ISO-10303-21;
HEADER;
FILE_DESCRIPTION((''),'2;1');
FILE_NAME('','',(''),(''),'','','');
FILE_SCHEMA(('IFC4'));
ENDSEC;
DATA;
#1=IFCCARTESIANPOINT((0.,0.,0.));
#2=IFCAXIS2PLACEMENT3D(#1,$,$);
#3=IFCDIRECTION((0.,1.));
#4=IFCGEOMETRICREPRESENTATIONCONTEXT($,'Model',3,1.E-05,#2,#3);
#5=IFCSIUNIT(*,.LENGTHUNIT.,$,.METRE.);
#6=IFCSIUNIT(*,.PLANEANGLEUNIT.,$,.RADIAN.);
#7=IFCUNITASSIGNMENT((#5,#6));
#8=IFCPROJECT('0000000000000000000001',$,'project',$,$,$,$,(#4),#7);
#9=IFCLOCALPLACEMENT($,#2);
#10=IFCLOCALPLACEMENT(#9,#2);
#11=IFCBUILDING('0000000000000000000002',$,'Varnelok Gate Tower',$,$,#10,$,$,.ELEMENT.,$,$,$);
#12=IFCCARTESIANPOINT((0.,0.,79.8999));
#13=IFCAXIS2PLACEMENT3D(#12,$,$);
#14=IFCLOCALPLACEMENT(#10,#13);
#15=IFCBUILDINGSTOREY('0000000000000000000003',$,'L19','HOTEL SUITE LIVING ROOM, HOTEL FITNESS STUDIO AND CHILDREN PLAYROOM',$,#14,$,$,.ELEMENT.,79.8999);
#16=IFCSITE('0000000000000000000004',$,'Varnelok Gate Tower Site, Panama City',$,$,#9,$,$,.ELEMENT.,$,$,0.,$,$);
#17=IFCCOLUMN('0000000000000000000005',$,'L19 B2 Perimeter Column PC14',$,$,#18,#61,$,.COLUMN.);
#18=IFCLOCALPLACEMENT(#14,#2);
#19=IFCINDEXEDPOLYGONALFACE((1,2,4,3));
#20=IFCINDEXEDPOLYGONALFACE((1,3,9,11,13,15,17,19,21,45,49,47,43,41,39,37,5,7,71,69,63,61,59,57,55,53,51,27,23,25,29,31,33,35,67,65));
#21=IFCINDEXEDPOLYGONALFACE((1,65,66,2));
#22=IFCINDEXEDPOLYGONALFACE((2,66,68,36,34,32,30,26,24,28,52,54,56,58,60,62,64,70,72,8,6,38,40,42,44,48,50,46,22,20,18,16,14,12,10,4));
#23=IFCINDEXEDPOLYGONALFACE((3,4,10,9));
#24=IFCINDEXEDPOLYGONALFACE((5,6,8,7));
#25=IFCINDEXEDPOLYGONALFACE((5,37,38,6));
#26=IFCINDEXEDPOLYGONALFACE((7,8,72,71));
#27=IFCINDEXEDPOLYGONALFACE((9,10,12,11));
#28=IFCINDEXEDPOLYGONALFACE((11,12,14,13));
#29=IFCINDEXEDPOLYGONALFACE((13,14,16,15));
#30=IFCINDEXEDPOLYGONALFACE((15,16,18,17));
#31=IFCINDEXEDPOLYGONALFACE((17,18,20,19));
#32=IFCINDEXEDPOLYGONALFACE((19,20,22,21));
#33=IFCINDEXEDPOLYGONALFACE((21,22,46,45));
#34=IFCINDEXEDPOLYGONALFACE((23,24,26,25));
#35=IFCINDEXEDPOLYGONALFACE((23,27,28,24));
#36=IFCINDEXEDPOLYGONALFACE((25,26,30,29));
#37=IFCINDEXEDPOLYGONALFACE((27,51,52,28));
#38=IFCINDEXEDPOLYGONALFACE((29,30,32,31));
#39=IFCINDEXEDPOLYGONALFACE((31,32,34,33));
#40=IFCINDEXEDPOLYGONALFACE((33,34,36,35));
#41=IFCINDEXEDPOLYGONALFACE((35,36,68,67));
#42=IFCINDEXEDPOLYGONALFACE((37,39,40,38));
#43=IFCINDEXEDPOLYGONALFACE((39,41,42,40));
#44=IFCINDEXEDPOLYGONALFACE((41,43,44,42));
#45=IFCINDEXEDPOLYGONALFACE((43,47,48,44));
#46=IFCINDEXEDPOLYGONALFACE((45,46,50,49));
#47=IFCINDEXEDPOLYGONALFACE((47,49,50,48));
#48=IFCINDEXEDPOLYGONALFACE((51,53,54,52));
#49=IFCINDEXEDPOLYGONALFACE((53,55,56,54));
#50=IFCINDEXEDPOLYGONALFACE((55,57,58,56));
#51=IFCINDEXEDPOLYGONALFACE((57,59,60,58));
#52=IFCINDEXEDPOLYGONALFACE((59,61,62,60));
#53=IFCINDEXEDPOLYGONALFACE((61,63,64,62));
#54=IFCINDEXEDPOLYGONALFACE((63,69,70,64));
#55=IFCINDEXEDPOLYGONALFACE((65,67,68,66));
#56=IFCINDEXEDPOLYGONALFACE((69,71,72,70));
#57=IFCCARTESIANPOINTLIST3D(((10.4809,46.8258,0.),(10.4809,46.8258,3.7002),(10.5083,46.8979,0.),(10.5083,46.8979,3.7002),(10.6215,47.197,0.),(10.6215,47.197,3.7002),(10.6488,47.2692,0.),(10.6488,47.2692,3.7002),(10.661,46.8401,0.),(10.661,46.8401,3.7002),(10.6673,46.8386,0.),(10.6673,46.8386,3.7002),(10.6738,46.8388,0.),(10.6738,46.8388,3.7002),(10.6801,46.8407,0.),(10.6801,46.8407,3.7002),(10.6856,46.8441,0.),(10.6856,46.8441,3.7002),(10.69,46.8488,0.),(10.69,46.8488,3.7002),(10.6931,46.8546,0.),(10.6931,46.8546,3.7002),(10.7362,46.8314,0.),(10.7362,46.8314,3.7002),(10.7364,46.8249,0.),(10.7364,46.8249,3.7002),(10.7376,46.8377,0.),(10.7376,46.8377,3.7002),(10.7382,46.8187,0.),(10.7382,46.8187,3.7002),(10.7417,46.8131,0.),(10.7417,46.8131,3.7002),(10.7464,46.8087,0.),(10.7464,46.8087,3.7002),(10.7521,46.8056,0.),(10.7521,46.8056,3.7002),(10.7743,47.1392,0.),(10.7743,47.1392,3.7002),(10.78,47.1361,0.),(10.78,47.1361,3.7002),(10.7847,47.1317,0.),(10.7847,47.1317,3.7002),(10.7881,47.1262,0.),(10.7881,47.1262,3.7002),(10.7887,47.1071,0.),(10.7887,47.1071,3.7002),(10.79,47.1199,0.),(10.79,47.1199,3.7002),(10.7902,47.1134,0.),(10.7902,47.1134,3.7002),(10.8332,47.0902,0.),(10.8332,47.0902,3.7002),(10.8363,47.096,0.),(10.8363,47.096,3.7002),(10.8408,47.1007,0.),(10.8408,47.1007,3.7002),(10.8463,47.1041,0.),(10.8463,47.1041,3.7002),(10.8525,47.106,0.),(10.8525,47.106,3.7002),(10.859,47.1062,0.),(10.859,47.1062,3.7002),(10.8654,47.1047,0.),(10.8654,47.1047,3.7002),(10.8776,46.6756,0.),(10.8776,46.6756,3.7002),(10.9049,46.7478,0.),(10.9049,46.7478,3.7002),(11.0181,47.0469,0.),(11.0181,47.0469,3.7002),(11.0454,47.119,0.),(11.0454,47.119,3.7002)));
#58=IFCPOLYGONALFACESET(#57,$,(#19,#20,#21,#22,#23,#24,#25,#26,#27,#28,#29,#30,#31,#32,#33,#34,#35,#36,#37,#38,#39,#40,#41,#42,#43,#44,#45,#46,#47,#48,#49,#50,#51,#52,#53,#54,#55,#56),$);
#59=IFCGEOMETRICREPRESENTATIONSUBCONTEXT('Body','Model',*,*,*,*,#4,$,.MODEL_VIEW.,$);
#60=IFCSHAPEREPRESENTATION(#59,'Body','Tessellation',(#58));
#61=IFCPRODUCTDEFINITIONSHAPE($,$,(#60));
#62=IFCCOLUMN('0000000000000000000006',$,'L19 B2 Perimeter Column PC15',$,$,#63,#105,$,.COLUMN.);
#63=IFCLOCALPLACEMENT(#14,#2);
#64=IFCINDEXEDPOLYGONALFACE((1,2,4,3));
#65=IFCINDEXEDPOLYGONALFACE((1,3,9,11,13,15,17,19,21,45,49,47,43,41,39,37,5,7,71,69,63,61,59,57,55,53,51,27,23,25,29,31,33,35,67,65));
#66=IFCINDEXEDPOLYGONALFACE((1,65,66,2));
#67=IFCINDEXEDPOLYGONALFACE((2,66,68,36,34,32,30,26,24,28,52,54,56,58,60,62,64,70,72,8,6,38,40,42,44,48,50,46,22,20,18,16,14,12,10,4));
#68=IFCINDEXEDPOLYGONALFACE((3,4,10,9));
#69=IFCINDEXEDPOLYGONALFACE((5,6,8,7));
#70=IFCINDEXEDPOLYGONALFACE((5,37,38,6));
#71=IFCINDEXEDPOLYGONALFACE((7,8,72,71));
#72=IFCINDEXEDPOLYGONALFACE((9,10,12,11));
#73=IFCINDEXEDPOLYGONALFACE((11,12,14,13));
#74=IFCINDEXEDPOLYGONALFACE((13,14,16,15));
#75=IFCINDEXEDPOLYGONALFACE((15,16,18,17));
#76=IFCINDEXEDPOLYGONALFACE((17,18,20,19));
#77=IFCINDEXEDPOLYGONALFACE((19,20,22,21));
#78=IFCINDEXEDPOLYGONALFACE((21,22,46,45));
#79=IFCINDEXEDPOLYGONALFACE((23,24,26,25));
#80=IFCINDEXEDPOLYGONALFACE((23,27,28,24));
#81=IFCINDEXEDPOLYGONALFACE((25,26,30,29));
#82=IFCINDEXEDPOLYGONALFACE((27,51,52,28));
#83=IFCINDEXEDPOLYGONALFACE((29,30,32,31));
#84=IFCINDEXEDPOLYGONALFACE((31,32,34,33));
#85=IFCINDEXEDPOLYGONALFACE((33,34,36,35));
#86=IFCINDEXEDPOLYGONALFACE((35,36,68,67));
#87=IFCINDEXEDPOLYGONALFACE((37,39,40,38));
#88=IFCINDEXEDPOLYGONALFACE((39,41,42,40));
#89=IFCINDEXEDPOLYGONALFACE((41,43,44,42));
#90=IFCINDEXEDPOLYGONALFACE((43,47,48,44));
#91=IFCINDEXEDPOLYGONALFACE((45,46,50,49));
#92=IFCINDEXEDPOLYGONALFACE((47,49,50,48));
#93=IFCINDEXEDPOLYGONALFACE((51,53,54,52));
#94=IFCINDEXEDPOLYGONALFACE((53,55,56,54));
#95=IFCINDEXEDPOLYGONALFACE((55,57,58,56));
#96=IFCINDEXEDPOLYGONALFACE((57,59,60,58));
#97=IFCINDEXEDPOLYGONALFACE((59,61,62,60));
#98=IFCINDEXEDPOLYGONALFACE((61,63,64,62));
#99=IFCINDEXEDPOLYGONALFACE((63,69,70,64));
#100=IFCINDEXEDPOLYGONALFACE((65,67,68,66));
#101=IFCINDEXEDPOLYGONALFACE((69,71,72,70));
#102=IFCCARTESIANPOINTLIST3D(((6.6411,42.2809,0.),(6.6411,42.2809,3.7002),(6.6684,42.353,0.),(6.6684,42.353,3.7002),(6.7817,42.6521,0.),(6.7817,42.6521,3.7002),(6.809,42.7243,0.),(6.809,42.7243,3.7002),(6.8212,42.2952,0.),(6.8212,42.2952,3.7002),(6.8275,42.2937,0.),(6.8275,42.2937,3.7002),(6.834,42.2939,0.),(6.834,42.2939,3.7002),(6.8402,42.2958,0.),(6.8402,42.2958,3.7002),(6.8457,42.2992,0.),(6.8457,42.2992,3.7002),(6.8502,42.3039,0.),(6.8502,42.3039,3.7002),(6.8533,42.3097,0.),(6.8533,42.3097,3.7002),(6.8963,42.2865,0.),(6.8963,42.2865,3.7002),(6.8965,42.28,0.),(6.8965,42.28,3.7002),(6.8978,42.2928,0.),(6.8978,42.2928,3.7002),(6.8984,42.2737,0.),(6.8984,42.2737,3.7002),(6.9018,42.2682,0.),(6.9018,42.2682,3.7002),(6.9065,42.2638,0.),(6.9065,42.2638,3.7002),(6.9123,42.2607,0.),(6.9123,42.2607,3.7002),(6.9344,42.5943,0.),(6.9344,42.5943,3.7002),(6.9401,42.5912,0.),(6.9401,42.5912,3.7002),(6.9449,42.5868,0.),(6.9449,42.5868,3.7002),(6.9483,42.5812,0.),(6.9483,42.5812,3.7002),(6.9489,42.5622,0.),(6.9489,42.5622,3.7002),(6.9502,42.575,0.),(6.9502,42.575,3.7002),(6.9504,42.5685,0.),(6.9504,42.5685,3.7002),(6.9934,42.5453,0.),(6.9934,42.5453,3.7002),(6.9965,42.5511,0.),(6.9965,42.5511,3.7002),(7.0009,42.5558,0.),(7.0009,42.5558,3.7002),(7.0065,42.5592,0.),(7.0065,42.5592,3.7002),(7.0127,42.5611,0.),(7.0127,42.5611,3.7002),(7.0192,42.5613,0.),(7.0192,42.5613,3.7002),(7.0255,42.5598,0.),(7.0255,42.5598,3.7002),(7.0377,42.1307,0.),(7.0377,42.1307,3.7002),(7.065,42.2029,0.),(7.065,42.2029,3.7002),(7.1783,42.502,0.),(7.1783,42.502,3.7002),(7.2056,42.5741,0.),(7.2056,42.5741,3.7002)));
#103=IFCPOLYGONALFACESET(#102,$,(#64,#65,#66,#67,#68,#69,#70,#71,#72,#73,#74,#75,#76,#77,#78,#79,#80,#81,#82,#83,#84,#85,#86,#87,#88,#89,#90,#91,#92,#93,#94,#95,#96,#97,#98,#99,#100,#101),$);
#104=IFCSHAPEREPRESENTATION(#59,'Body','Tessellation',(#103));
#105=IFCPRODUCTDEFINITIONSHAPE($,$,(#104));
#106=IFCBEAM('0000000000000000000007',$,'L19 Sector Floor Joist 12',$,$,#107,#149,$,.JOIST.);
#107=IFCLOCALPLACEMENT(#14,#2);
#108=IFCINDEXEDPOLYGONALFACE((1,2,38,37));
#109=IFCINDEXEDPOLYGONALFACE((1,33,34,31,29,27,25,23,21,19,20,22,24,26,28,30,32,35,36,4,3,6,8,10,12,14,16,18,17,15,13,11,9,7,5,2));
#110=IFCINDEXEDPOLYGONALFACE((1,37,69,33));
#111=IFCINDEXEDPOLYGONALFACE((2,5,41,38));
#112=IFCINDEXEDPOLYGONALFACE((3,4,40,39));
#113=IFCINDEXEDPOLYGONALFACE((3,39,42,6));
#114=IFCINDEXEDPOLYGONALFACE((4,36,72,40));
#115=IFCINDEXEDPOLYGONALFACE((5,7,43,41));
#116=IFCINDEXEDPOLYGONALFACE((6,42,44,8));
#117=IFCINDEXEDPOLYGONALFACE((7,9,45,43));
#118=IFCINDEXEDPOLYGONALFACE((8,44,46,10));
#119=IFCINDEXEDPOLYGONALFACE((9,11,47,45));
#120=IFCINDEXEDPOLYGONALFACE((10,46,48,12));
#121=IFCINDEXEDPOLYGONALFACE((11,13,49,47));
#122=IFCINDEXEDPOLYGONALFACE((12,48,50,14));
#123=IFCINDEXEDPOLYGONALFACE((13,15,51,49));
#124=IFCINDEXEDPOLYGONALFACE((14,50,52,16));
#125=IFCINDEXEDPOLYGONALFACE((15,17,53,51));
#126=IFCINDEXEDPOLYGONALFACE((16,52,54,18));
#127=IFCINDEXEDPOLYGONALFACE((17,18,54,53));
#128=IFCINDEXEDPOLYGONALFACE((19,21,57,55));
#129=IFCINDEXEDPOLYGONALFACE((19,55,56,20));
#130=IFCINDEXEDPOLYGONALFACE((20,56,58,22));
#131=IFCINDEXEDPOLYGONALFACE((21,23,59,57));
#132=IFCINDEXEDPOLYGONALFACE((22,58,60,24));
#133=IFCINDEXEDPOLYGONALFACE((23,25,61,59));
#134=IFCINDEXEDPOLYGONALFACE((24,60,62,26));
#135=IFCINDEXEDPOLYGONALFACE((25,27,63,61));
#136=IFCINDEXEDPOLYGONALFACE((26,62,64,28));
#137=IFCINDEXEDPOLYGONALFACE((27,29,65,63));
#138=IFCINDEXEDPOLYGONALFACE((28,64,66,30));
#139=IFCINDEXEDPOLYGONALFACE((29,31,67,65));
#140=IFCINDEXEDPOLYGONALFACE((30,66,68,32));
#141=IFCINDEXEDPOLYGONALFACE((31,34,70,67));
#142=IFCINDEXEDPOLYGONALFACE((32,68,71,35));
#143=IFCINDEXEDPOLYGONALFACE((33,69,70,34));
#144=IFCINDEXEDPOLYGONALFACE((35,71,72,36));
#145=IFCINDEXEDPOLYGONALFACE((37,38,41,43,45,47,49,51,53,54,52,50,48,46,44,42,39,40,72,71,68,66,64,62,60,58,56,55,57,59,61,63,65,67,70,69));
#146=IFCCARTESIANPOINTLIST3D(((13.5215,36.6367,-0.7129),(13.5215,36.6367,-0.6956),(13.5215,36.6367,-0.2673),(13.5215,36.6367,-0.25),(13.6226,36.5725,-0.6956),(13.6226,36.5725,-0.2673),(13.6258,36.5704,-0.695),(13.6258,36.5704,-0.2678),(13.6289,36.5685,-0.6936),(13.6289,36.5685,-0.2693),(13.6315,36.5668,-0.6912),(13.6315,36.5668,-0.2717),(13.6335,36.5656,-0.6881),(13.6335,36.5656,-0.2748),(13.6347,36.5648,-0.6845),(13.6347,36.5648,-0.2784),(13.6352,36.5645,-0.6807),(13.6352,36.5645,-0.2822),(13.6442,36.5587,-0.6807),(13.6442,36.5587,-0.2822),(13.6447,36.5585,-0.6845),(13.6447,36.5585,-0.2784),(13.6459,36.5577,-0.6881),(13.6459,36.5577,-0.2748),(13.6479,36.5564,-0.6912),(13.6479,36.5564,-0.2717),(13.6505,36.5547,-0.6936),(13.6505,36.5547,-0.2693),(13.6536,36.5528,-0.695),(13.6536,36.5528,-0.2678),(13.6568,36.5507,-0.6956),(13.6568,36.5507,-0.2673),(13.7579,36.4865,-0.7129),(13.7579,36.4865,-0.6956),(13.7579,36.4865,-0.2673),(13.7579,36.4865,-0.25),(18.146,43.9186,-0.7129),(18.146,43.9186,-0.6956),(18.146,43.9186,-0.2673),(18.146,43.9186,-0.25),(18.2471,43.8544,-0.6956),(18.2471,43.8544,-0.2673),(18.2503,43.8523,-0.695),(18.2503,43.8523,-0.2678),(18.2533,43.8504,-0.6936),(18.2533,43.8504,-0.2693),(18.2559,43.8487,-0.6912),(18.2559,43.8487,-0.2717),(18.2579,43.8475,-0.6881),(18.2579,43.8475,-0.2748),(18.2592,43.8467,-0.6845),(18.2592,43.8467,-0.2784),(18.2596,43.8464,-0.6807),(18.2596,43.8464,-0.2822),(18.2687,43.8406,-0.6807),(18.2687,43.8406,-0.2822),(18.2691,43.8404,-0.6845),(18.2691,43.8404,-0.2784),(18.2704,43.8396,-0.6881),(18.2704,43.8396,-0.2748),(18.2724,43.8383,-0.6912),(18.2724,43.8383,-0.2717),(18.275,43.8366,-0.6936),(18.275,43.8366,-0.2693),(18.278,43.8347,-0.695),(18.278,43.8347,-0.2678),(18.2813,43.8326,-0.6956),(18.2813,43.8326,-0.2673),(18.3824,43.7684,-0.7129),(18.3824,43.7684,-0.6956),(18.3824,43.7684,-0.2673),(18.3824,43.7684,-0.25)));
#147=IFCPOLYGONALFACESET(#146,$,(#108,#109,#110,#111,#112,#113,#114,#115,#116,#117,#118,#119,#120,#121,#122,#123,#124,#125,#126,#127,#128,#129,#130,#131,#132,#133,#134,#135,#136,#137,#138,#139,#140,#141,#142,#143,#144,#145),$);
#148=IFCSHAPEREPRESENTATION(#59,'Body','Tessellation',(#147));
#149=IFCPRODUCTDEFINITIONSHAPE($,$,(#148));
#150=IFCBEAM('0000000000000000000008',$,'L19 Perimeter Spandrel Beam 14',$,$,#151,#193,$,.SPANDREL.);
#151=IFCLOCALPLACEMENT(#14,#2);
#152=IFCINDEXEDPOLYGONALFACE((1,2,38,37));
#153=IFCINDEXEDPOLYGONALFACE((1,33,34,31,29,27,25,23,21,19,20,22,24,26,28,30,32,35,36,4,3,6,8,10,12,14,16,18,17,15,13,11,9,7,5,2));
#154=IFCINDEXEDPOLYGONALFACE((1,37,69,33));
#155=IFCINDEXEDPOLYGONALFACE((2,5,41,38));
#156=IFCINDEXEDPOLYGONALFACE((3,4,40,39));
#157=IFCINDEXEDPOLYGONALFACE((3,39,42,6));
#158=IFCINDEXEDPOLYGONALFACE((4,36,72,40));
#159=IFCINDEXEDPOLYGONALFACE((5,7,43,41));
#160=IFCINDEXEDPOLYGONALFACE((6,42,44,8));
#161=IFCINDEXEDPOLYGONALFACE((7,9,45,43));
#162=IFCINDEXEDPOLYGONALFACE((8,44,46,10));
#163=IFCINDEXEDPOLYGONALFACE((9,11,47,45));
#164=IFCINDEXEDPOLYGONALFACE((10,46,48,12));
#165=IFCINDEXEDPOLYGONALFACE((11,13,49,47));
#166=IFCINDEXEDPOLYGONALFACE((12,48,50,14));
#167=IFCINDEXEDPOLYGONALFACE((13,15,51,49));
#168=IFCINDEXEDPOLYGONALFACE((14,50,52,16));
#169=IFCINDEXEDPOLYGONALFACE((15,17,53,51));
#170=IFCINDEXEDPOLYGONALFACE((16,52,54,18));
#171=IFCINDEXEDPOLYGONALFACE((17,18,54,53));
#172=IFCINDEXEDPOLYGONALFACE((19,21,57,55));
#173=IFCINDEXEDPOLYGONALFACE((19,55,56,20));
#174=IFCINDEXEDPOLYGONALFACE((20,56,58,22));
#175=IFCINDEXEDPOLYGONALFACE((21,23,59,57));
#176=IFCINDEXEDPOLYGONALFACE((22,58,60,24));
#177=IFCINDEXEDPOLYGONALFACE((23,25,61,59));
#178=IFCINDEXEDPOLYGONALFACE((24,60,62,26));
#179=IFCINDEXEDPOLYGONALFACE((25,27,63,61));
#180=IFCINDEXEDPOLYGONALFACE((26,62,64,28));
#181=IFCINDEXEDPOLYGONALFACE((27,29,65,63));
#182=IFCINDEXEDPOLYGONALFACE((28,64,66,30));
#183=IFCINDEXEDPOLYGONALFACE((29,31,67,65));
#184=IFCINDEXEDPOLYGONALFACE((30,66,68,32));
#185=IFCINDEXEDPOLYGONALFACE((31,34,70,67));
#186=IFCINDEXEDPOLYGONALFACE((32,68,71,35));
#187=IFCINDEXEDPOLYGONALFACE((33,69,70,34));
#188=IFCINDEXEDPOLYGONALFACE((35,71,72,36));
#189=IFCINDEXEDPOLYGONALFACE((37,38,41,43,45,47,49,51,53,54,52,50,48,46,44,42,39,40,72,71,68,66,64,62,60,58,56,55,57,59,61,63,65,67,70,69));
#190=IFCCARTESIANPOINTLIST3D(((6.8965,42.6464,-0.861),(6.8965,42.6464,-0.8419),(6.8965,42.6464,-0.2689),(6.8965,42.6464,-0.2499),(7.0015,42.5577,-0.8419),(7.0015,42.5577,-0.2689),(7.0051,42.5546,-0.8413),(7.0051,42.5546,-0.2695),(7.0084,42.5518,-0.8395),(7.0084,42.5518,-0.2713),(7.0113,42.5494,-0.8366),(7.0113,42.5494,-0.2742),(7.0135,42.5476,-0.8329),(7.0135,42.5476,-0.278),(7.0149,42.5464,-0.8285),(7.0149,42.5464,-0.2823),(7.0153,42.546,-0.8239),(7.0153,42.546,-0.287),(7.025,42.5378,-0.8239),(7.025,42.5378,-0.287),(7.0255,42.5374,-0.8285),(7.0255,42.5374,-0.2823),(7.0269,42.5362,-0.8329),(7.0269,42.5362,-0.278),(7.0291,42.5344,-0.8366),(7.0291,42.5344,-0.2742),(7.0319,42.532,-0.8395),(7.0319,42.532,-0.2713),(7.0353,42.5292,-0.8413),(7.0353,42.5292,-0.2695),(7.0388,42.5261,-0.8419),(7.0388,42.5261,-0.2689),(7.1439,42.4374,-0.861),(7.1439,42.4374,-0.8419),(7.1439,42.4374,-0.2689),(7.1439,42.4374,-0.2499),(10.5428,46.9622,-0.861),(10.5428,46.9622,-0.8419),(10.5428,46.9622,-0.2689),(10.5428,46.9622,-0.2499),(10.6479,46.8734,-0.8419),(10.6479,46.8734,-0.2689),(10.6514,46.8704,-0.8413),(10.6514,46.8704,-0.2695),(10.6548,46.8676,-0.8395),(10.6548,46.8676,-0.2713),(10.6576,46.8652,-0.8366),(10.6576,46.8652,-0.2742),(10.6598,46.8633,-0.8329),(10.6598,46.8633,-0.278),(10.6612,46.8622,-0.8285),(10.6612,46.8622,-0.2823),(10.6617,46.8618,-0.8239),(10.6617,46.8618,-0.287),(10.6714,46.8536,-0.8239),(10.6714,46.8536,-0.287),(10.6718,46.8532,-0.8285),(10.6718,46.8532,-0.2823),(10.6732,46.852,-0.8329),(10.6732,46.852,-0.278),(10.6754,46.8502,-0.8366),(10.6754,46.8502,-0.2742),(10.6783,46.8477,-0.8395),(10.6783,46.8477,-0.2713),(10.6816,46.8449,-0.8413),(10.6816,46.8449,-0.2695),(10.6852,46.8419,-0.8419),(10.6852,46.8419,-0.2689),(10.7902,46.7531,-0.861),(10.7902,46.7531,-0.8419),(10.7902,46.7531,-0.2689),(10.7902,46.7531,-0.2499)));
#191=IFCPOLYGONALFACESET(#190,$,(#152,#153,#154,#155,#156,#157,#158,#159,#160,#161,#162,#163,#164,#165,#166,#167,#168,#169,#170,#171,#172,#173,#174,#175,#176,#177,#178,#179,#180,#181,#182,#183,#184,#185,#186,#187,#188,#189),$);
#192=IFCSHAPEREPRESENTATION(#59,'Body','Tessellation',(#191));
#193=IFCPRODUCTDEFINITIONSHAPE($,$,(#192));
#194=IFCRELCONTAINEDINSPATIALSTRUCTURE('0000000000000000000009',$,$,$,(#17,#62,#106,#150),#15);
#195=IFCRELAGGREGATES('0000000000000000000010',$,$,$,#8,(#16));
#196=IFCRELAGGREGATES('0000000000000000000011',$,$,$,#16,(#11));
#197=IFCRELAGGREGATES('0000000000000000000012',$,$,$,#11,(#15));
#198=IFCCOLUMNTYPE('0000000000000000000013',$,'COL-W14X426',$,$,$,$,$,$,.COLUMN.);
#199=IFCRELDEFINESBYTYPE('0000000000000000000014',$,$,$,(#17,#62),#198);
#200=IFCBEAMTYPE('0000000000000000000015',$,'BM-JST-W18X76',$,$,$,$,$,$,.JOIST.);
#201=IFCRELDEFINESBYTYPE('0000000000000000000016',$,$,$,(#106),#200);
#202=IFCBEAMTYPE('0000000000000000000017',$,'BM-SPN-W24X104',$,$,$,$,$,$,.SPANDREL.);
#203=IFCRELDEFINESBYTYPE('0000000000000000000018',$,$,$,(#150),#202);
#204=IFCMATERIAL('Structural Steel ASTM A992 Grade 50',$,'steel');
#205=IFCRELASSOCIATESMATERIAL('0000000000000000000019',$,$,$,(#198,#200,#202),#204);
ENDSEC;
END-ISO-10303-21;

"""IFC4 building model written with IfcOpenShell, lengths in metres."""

from ifc_helpers import new_model, si_unit, direction, frame, origin, origin_2d, place, context, subcontext, project, spatial, i_section, extrude, material, material_profile, profile_set, type_object, element, save


model = new_model("IFC4")

# Units and contexts
model_context = context("Model", 3, precision=1e-05, world=origin(), true_north=direction((0.0, 1.0)))
body_context = subcontext(model_context, "Body", "Model", "MODEL_VIEW")
ifc_project = project(units=[si_unit("LENGTHUNIT", "METRE"), si_unit("PLANEANGLEUNIT", "RADIAN")], contexts=[model_context])

# Site, building, storey
site_placement = place(None, origin())
site = spatial("IfcSite", under=ifc_project, at=site_placement, Name="Varnelok Gate Tower Site, Panama City", CompositionType="ELEMENT", RefElevation=0.0)
building_placement = place(site_placement, origin())
building = spatial("IfcBuilding", under=site, at=building_placement, Name="Varnelok Gate Tower", CompositionType="ELEMENT")
storey_placement = place(building_placement, frame((0.0, 0.0, 79.8999)))
storey = spatial("IfcBuildingStorey", under=building, at=storey_placement, Name="L19", Description="HOTEL SUITE LIVING ROOM, HOTEL FITNESS STUDIO AND CHILDREN PLAYROOM", CompositionType="ELEMENT", Elevation=79.8999)

# Columns
ifc_material_1 = material(Name="Structural Steel ASTM A992 Grade 50", Category="steel")
ifc_material_profile_1 = material_profile(ifc_material_1, i_section(OverallWidth=0.4241, OverallDepth=0.4741, WebThickness=0.0476, FlangeThickness=0.0771, FilletRadius=0.0249, at=origin_2d()), Name="W14X426")
ifc_profile_set_1 = profile_set([ifc_material_profile_1], Name="Structural Steel ASTM A992 Grade 50")
column_type = type_object("IfcColumnType", Name="COL-W14X426", PredefinedType="COLUMN", material=ifc_profile_set_1)
for number, where, z_axis, x_axis, name in (
    (1, (10.7632, 46.9724, 0.0), (0.0, 0.0, 1.0), (0.935222, -0.354063, 0.0), "L19 B2 Perimeter Column PC14"),
    (2, (6.9233, 42.4275, 0.0), (0.0, 0.0, 1.0), (0.935222, -0.354063, 0.0), "L19 B2 Perimeter Column PC15"),
):
    element("IfcColumn", number, at=place(storey_placement, frame(where, z_axis=z_axis, x_axis=x_axis)), inside=storey, type_object=column_type, Name=name, PredefinedType="COLUMN", context=body_context, shape_type="SweptSolid", body=[
        extrude(i_section(OverallWidth=0.4241, OverallDepth=0.4741, WebThickness=0.0476, FlangeThickness=0.0771, FilletRadius=0.0249, at=origin_2d()), origin(), (0.0, 0.0, 1.0), 3.7002),
    ])

# Beams
ifc_material_profile_2 = material_profile(ifc_material_1, i_section(OverallWidth=0.28, OverallDepth=0.4629, WebThickness=0.0107, FlangeThickness=0.0173, FilletRadius=0.0149, at=origin_2d()), Name="W18X76")
ifc_profile_set_2 = profile_set([ifc_material_profile_2], Name="Structural Steel ASTM A992 Grade 50")
beam_type_1 = type_object("IfcBeamType", Name="BM-JST-W18X76", PredefinedType="JOIST", material=ifc_profile_set_2)
beam_1_placement = place(storey_placement, frame((18.2642, 43.8435, -0.4814), z_axis=(-0.536093, -0.844159, 0.0), x_axis=(0.844159, -0.536093, 0.0)))
element("IfcBeam", 3, at=beam_1_placement, inside=storey, type_object=beam_type_1, Name="L19 Sector Floor Joist 12", PredefinedType="JOIST", context=body_context, shape_type="SweptSolid", body=[
    extrude(i_section(OverallWidth=0.28, OverallDepth=0.4629, WebThickness=0.0107, FlangeThickness=0.0173, FilletRadius=0.0149, at=origin_2d()), origin(), (0.0, 0.0, 1.0), 8.6262),
])
ifc_material_profile_3 = material_profile(ifc_material_1, i_section(OverallWidth=0.324, OverallDepth=0.6111, WebThickness=0.0127, FlangeThickness=0.019, FilletRadius=0.0181, at=origin_2d()), Name="W24X104")
ifc_profile_set_3 = profile_set([ifc_material_profile_3], Name="Structural Steel ASTM A992 Grade 50")
beam_type_2 = type_object("IfcBeamType", Name="BM-SPN-W24X104", PredefinedType="SPANDREL", material=ifc_profile_set_3)
beam_2_placement = place(storey_placement, frame((10.6665, 46.8577, -0.5554), z_axis=(-0.645376, -0.763865, 0.0), x_axis=(0.763865, -0.645376, 0.0)))
element("IfcBeam", 4, at=beam_2_placement, inside=storey, type_object=beam_type_2, Name="L19 Perimeter Spandrel Beam 14", PredefinedType="SPANDREL", context=body_context, shape_type="SweptSolid", body=[
    extrude(i_section(OverallWidth=0.324, OverallDepth=0.6111, WebThickness=0.0127, FlangeThickness=0.019, FilletRadius=0.0181, at=origin_2d()), origin(), (0.0, 0.0, 1.0), 5.6499),
])

save(model, "model.ifc")
